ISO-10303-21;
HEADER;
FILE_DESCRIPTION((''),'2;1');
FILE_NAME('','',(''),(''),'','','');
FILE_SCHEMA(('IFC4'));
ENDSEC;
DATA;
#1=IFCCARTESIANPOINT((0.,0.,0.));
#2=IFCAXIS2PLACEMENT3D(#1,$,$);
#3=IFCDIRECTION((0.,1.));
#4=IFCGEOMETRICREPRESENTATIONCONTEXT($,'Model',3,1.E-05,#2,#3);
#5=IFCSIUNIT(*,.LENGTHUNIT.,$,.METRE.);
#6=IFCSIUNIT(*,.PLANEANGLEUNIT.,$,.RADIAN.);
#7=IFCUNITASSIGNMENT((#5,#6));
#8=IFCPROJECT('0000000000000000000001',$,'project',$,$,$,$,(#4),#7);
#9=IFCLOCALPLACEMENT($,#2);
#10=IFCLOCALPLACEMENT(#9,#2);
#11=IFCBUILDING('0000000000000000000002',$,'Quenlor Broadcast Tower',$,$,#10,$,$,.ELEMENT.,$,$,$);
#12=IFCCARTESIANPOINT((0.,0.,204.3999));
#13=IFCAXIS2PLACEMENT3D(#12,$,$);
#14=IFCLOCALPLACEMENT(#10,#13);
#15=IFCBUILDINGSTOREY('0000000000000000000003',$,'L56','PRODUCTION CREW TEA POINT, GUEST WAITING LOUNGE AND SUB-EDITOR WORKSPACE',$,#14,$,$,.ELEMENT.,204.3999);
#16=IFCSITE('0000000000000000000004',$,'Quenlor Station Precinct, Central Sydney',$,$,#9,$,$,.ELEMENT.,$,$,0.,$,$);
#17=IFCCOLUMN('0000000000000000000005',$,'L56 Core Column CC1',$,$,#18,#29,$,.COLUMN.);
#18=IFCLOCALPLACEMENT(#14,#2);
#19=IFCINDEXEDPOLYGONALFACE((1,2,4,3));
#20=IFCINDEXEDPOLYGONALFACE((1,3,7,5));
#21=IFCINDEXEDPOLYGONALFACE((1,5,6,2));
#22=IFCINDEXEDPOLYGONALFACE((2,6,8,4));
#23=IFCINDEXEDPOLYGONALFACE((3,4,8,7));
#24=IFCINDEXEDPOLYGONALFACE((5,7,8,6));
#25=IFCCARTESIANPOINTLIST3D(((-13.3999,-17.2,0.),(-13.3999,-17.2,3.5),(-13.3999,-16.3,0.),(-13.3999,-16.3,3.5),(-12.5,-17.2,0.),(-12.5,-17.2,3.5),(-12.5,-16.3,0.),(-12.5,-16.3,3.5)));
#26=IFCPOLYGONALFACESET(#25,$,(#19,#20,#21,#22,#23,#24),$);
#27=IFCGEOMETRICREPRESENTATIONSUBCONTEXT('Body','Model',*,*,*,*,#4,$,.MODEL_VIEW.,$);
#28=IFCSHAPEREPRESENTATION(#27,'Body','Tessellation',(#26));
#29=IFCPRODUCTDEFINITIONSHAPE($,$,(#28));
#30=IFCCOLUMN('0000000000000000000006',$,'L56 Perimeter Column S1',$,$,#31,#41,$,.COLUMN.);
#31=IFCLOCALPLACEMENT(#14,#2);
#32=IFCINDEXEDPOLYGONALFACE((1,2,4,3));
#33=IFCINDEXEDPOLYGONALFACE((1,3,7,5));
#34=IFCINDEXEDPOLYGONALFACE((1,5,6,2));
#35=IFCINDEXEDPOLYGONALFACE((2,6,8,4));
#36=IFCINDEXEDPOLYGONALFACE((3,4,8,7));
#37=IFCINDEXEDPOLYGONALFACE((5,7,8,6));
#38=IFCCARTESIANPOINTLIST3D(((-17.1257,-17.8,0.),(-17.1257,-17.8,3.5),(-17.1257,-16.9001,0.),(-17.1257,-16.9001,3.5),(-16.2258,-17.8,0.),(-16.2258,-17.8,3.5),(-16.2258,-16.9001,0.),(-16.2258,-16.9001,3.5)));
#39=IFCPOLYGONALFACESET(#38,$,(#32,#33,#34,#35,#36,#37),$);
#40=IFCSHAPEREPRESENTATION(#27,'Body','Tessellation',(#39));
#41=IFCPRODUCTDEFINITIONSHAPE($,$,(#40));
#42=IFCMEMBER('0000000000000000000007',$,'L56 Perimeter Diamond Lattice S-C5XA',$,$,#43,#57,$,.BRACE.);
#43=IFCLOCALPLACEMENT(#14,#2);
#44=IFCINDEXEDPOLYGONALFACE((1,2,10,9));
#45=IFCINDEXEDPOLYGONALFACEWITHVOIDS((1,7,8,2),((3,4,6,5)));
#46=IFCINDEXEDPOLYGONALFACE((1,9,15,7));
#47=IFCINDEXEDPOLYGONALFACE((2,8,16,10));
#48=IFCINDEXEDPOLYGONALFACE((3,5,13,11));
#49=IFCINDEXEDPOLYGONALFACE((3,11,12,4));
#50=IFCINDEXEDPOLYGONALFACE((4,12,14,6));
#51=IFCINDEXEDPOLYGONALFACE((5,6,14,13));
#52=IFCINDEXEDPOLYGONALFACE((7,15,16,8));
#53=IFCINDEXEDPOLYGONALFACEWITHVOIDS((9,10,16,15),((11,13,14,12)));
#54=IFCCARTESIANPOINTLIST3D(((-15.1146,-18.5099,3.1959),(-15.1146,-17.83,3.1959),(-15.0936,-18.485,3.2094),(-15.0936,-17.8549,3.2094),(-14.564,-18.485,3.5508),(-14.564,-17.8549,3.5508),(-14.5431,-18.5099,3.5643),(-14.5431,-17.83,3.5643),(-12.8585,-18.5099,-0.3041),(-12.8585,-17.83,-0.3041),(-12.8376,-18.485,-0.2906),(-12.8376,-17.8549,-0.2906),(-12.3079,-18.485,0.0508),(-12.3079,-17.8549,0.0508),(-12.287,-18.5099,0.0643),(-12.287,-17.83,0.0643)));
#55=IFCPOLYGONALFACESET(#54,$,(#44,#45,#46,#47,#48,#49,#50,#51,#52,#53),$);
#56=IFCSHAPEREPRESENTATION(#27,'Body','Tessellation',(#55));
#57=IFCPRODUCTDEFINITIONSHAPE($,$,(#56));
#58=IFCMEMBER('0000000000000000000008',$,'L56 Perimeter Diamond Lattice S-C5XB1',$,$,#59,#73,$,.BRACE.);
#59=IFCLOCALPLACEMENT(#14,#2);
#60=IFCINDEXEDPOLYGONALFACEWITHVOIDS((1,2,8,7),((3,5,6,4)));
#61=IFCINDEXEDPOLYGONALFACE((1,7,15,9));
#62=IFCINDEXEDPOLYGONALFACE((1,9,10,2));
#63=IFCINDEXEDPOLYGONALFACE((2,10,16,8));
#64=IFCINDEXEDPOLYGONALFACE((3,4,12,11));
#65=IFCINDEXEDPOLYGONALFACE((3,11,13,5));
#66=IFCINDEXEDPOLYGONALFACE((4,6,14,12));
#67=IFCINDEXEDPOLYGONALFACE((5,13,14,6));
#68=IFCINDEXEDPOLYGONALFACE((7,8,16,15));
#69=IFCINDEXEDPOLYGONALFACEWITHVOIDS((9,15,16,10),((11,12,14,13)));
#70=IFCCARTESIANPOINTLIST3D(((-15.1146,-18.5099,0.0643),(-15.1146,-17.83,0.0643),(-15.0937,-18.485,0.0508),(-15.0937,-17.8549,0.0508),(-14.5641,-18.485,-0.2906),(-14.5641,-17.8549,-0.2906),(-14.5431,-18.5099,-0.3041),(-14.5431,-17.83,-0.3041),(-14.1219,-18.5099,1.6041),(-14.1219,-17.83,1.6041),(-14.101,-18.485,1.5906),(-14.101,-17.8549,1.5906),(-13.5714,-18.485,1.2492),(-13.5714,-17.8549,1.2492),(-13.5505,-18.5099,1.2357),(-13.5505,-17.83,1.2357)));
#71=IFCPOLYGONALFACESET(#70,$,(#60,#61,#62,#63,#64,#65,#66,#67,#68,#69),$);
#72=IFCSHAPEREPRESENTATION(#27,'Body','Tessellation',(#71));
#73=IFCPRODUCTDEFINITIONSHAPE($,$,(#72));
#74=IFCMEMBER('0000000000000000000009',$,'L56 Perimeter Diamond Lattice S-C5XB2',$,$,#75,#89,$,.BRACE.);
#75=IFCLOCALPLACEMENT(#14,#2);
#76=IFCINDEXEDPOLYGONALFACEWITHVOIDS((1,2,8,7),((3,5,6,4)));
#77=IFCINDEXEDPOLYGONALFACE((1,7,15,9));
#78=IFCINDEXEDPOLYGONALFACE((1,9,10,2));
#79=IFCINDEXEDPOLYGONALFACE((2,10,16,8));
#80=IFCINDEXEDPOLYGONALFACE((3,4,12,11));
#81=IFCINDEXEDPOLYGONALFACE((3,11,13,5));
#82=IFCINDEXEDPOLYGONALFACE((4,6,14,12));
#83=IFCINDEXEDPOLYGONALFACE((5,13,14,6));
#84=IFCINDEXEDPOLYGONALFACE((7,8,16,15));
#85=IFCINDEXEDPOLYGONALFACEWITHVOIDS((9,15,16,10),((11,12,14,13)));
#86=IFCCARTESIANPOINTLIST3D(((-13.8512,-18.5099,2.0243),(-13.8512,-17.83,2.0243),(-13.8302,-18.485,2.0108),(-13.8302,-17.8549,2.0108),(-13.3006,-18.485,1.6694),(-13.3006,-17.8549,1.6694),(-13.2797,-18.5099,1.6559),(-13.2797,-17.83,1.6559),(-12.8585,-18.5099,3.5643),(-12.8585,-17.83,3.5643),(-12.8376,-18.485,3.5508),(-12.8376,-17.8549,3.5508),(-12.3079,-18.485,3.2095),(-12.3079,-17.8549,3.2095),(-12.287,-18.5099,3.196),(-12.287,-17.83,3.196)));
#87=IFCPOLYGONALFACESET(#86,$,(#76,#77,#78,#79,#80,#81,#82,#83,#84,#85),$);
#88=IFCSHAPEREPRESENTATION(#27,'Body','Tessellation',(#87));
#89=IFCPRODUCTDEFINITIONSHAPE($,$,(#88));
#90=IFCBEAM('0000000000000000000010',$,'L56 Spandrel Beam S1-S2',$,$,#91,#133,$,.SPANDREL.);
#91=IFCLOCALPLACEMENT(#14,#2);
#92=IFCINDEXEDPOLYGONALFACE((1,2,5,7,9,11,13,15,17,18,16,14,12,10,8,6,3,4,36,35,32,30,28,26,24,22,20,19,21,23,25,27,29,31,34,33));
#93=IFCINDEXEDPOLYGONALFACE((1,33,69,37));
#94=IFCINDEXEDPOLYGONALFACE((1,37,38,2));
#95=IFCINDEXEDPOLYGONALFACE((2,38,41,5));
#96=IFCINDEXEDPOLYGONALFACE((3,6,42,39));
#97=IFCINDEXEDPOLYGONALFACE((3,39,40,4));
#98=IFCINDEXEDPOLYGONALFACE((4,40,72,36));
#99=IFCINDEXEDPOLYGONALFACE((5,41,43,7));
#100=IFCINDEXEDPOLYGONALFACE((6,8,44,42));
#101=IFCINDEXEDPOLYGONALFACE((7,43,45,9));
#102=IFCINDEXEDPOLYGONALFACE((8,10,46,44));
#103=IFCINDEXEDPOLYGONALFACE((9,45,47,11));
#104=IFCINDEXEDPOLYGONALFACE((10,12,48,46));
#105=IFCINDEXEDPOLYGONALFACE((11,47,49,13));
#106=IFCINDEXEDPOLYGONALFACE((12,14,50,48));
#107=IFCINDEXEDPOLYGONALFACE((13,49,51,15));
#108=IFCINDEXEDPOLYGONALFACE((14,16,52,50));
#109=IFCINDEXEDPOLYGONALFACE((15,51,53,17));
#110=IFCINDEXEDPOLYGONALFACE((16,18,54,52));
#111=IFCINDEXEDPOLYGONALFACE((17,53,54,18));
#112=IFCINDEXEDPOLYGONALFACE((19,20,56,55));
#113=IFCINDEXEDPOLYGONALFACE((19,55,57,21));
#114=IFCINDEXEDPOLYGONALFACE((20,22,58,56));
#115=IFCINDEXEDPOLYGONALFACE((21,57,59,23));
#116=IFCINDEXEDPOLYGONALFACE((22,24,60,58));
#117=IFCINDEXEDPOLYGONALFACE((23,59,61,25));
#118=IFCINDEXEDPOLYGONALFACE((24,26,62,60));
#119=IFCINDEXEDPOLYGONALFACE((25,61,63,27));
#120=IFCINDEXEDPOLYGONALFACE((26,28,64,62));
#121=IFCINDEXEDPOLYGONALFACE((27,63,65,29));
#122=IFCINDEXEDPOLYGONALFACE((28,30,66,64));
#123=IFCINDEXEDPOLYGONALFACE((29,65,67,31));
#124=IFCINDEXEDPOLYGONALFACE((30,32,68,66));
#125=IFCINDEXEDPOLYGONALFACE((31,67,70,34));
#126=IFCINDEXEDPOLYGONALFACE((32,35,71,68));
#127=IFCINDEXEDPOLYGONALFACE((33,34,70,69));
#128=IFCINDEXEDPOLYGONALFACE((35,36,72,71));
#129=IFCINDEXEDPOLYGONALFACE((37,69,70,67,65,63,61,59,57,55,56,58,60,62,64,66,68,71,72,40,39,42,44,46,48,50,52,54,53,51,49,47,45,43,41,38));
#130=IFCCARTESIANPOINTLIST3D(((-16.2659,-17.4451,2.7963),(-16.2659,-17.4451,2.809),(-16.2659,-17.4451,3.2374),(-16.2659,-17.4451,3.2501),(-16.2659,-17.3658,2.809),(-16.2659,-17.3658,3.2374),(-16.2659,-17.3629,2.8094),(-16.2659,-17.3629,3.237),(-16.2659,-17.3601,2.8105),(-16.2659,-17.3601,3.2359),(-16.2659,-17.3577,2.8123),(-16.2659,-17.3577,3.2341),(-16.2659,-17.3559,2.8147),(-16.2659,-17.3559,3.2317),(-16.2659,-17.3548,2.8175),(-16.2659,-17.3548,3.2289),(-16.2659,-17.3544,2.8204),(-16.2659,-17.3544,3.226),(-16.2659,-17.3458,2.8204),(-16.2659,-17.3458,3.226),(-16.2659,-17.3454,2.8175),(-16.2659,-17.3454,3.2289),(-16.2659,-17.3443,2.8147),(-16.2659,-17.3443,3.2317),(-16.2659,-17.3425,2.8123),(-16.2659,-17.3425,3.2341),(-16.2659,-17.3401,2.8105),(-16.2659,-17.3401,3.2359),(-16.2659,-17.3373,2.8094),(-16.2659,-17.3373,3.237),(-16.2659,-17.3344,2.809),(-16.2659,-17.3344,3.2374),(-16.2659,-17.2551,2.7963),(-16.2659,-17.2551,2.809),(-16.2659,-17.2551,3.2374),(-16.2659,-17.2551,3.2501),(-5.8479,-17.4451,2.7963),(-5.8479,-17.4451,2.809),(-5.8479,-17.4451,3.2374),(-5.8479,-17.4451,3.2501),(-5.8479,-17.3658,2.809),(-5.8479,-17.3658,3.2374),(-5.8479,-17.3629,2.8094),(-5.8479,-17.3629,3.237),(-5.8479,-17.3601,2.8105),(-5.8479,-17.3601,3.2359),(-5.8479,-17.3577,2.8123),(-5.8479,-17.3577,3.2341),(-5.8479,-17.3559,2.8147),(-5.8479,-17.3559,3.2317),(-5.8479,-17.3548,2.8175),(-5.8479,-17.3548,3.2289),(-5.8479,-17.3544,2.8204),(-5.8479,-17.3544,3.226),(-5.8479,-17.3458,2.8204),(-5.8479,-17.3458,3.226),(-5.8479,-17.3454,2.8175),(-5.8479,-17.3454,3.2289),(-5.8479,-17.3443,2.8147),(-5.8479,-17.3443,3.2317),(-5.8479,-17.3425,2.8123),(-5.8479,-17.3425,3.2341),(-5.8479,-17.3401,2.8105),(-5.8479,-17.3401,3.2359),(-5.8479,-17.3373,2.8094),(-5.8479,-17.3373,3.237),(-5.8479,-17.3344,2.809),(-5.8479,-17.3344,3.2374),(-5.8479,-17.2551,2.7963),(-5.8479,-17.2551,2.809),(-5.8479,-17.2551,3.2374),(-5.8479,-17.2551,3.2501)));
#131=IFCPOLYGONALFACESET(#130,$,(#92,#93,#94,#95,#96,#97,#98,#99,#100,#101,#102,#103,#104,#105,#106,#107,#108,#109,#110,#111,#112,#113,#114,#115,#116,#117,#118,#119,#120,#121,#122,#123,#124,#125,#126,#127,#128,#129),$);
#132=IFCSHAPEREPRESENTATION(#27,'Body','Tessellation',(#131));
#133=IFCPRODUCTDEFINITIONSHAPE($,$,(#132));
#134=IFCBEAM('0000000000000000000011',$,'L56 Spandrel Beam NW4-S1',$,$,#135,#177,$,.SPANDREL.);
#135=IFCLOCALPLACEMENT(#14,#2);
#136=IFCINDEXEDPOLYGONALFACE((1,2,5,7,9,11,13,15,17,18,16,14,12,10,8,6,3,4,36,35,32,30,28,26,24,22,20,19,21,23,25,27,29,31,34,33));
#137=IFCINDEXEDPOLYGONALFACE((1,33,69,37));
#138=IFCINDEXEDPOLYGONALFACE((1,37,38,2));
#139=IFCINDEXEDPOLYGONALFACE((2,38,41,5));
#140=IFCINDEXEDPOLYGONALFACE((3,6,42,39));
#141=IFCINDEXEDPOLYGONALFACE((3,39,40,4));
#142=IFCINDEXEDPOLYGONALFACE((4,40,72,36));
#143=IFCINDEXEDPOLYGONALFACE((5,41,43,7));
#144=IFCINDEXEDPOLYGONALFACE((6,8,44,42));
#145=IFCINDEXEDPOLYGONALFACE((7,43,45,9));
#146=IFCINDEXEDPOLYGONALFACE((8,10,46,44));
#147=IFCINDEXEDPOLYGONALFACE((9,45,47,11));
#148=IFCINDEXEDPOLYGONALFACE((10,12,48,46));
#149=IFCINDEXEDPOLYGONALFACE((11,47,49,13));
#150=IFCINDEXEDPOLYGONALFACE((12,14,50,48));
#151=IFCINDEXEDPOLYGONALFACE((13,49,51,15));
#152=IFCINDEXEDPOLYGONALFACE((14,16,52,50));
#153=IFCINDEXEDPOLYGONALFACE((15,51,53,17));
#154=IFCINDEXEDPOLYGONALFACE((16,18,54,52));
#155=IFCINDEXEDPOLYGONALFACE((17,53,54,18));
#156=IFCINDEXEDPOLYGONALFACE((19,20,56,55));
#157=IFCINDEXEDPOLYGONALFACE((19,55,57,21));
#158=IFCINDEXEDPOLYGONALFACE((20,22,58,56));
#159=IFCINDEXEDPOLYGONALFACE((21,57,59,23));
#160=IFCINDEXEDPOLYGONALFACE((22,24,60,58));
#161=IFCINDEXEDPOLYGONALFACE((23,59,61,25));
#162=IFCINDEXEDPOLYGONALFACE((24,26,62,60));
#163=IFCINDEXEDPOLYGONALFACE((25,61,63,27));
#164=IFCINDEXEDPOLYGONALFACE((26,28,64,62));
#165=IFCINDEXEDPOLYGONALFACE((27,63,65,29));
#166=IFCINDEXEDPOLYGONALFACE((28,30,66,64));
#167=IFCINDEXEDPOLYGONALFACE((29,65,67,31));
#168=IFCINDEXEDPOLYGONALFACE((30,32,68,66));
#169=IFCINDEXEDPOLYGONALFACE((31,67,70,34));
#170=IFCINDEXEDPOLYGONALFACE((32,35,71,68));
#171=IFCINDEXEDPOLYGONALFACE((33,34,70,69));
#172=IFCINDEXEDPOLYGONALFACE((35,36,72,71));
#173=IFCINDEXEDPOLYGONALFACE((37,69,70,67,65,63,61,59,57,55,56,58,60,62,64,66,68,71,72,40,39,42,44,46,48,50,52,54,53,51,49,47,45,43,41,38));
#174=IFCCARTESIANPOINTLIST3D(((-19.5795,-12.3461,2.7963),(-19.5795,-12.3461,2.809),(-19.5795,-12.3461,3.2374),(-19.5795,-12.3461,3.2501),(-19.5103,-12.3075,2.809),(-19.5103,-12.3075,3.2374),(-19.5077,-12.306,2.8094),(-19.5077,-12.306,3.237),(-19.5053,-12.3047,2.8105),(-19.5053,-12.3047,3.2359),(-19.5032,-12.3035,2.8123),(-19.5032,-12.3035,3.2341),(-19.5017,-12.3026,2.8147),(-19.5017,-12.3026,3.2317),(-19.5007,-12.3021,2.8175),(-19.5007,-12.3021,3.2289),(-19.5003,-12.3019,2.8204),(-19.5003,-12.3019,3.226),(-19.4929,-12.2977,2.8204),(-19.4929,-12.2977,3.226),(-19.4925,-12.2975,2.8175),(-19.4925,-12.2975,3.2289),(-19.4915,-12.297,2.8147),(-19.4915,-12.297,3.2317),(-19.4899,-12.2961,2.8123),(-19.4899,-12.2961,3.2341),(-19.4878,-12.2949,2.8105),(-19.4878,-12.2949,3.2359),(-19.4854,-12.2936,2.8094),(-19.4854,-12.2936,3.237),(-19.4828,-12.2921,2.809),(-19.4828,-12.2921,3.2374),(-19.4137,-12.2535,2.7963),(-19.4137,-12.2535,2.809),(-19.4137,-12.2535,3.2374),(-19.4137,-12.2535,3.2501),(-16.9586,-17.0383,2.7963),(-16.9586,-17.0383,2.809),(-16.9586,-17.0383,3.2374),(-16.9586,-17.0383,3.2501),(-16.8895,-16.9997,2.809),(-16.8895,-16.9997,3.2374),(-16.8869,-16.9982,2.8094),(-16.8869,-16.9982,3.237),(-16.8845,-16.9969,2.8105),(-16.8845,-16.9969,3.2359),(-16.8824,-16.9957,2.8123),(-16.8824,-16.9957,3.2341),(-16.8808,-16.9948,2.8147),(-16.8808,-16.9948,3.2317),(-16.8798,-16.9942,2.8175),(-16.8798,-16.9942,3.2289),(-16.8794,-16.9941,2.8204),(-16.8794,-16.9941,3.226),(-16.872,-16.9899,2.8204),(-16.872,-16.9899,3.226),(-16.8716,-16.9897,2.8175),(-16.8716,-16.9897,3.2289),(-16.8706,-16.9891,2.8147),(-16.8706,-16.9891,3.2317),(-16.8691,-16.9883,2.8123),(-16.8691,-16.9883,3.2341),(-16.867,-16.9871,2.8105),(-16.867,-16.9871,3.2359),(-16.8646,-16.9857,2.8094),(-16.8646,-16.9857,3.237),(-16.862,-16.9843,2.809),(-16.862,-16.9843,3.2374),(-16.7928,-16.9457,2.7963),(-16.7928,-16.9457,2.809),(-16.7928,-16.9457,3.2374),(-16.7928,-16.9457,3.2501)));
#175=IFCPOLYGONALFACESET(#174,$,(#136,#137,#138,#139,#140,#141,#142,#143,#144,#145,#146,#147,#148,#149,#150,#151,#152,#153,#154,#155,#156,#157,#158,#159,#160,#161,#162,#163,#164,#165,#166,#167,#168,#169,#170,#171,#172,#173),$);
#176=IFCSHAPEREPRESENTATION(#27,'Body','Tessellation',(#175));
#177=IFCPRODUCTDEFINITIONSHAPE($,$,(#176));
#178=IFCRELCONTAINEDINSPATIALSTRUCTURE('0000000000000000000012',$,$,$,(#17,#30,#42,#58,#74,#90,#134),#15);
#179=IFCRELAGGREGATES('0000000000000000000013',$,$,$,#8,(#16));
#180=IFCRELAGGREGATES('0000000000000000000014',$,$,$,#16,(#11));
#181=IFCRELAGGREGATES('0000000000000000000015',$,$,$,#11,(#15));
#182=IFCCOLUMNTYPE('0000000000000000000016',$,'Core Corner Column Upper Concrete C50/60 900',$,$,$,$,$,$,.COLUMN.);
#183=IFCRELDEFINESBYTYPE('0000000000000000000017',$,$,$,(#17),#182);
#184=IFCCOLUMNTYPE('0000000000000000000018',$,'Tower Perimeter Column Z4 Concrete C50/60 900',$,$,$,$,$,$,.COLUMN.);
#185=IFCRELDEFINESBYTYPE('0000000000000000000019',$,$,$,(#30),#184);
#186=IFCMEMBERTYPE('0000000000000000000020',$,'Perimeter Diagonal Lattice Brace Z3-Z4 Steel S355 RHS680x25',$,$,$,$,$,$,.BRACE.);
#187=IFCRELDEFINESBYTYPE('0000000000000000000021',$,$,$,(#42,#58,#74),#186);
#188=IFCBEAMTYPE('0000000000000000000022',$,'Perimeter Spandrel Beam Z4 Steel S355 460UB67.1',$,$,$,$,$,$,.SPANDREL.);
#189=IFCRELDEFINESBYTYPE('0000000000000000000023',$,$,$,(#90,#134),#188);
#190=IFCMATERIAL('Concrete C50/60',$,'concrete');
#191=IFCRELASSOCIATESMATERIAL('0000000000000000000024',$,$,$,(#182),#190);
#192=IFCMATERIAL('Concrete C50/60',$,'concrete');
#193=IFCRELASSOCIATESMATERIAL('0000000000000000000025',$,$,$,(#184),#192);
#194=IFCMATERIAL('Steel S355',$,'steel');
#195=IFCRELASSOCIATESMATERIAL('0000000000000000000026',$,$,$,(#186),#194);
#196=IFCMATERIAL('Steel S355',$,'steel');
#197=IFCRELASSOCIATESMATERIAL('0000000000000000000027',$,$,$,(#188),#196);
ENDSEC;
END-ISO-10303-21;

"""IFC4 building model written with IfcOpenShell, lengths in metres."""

from ifc_helpers import new_model, si_unit, direction, frame, origin, origin_2d, place, context, subcontext, project, spatial, rectangle, hollow_rectangle, i_section, extrude, material, material_profile, profile_set, type_object, element, save


model = new_model("IFC4")

# Units and contexts
model_context = context("Model", 3, precision=1e-05, world=origin(), true_north=direction((0.0, 1.0)))
body_context = subcontext(model_context, "Body", "Model", "MODEL_VIEW")
ifc_project = project(units=[si_unit("LENGTHUNIT", "METRE"), si_unit("PLANEANGLEUNIT", "RADIAN")], contexts=[model_context])

# Site, building, storey
site_placement = place(None, origin())
site = spatial("IfcSite", under=ifc_project, at=site_placement, Name="Quenlor Station Precinct, Central Sydney", CompositionType="ELEMENT", RefElevation=0.0)
building_placement = place(site_placement, origin())
building = spatial("IfcBuilding", under=site, at=building_placement, Name="Quenlor Broadcast Tower", CompositionType="ELEMENT")
storey_placement = place(building_placement, frame((0.0, 0.0, 204.3999)))
storey = spatial("IfcBuildingStorey", under=building, at=storey_placement, Name="L56", Description="PRODUCTION CREW TEA POINT, GUEST WAITING LOUNGE AND SUB-EDITOR WORKSPACE", CompositionType="ELEMENT", Elevation=204.3999)

# Columns
ifc_material_1 = material(Name="Concrete C50/60", Category="concrete")
ifc_material_profile_1 = material_profile(ifc_material_1, rectangle(XDim=0.8999, YDim=0.8999, at=origin_2d()))
ifc_profile_set_1 = profile_set([ifc_material_profile_1], Name="Concrete C50/60 RC900x900")
column_type_1 = type_object("IfcColumnType", Name="Core Corner Column Upper Concrete C50/60 900", PredefinedType="COLUMN", material=ifc_profile_set_1)
column_1_placement = place(storey_placement, frame((-12.95, -16.75, 0.0), z_axis=(0.0, 0.0, 1.0), x_axis=(1.0, 0.0, 0.0)))
element("IfcColumn", 1, at=column_1_placement, inside=storey, type_object=column_type_1, Name="L56 Core Column CC1", PredefinedType="COLUMN", context=body_context, shape_type="SweptSolid", body=[
    extrude(rectangle(XDim=0.8999, YDim=0.8999, at=origin_2d()), origin(), (0.0, 0.0, 1.0), 3.5),
])
ifc_material_2 = material(Name="Concrete C50/60", Category="concrete")
ifc_material_profile_2 = material_profile(ifc_material_2, rectangle(XDim=0.8999, YDim=0.8999, at=origin_2d()))
ifc_profile_set_2 = profile_set([ifc_material_profile_2], Name="Concrete C50/60 RC900x900")
column_type_2 = type_object("IfcColumnType", Name="Tower Perimeter Column Z4 Concrete C50/60 900", PredefinedType="COLUMN", material=ifc_profile_set_2)
column_2_placement = place(storey_placement, frame((-16.6758, -17.3501, 0.0), z_axis=(0.0, 0.0, 1.0), x_axis=(0.0, 1.0, 0.0)))
element("IfcColumn", 2, at=column_2_placement, inside=storey, type_object=column_type_2, Name="L56 Perimeter Column S1", PredefinedType="COLUMN", context=body_context, shape_type="SweptSolid", body=[
    extrude(rectangle(XDim=0.8999, YDim=0.8999, at=origin_2d()), origin(), (0.0, 0.0, 1.0), 3.5),
])

# Members
ifc_material_3 = material(Name="Steel S355", Category="steel")
ifc_material_profile_3 = material_profile(ifc_material_3, hollow_rectangle(XDim=0.6799, YDim=0.6799, WallThickness=0.0249, at=origin_2d()))
ifc_profile_set_3 = profile_set([ifc_material_profile_3], Name="Steel S355 RHS680x680x25")
member_type = type_object("IfcMemberType", Name="Perimeter Diagonal Lattice Brace Z3-Z4 Steel S355 RHS680x25", PredefinedType="BRACE", material=ifc_profile_set_3)
member_1_placement = place(storey_placement, frame((-12.5728, -18.1699, -0.1199), z_axis=(-0.541794, 0.0, 0.840511), x_axis=(0.0, -1.0, 0.0)))
element("IfcMember", 3, at=member_1_placement, inside=storey, type_object=member_type, Name="L56 Perimeter Diamond Lattice S-C5XA", PredefinedType="BRACE", context=body_context, shape_type="SweptSolid", body=[
    extrude(hollow_rectangle(XDim=0.6799, YDim=0.6799, WallThickness=0.0249, at=origin_2d()), origin(), (0.0, 0.0, 1.0), 4.1641),
])
member_2_placement = place(storey_placement, frame((-14.8289, -18.1699, -0.1199), z_axis=(0.541842, 0.0, 0.840481), x_axis=(0.0, 1.0, 0.0)))
element("IfcMember", 4, at=member_2_placement, inside=storey, type_object=member_type, Name="L56 Perimeter Diamond Lattice S-C5XB1", PredefinedType="BRACE", context=body_context, shape_type="SweptSolid", body=[
    extrude(hollow_rectangle(XDim=0.6799, YDim=0.6799, WallThickness=0.0249, at=origin_2d()), origin(), (0.0, 0.0, 1.0), 1.832),
])
member_3_placement = place(storey_placement, frame((-13.5654, -18.1699, 1.8401), z_axis=(0.541781, 0.0, 0.84052), x_axis=(0.0, 1.0, 0.0)))
element("IfcMember", 5, at=member_3_placement, inside=storey, type_object=member_type, Name="L56 Perimeter Diamond Lattice S-C5XB2", PredefinedType="BRACE", context=body_context, shape_type="SweptSolid", body=[
    extrude(hollow_rectangle(XDim=0.6799, YDim=0.6799, WallThickness=0.0249, at=origin_2d()), origin(), (0.0, 0.0, 1.0), 1.8323),
])

# Beams
ifc_material_4 = material(Name="Steel S355", Category="steel")
ifc_material_profile_4 = material_profile(ifc_material_4, i_section(OverallWidth=0.1899, OverallDepth=0.4539, WebThickness=0.0085, FlangeThickness=0.0127, FilletRadius=0.0115, at=origin_2d()))
ifc_profile_set_4 = profile_set([ifc_material_profile_4], Name="Steel S355 460UB67.1")
beam_type_1 = type_object("IfcBeamType", Name="Perimeter Spandrel Beam Z4 Steel S355 460UB67.1", PredefinedType="SPANDREL", material=ifc_profile_set_4)
beam_1_placement = place(storey_placement, frame((-16.2659, -17.3501, 3.0232), z_axis=(1.0, 0.0, 0.0), x_axis=(0.0, 1.0, 0.0)))
element("IfcBeam", 6, at=beam_1_placement, inside=storey, type_object=beam_type_1, Name="L56 Spandrel Beam S1-S2", PredefinedType="SPANDREL", context=body_context, shape_type="SweptSolid", body=[
    extrude(i_section(OverallWidth=0.1899, OverallDepth=0.4539, WebThickness=0.0085, FlangeThickness=0.0127, FilletRadius=0.0115, at=origin_2d()), origin(), (0.0, 0.0, 1.0), 10.418),
])
beam_2_placement = place(storey_placement, frame((-19.4966, -12.2998, 3.0232), z_axis=(0.487647, -0.873041, 0.0), x_axis=(0.873041, 0.487647, 0.0)))
element("IfcBeam", 7, at=beam_2_placement, inside=storey, type_object=beam_type_1, Name="L56 Spandrel Beam NW4-S1", PredefinedType="SPANDREL", context=body_context, shape_type="SweptSolid", body=[
    extrude(i_section(OverallWidth=0.1899, OverallDepth=0.4539, WebThickness=0.0085, FlangeThickness=0.0127, FilletRadius=0.0115, at=origin_2d()), origin(), (0.0, 0.0, 1.0), 5.3745),
])

save(model, "model.ifc")
